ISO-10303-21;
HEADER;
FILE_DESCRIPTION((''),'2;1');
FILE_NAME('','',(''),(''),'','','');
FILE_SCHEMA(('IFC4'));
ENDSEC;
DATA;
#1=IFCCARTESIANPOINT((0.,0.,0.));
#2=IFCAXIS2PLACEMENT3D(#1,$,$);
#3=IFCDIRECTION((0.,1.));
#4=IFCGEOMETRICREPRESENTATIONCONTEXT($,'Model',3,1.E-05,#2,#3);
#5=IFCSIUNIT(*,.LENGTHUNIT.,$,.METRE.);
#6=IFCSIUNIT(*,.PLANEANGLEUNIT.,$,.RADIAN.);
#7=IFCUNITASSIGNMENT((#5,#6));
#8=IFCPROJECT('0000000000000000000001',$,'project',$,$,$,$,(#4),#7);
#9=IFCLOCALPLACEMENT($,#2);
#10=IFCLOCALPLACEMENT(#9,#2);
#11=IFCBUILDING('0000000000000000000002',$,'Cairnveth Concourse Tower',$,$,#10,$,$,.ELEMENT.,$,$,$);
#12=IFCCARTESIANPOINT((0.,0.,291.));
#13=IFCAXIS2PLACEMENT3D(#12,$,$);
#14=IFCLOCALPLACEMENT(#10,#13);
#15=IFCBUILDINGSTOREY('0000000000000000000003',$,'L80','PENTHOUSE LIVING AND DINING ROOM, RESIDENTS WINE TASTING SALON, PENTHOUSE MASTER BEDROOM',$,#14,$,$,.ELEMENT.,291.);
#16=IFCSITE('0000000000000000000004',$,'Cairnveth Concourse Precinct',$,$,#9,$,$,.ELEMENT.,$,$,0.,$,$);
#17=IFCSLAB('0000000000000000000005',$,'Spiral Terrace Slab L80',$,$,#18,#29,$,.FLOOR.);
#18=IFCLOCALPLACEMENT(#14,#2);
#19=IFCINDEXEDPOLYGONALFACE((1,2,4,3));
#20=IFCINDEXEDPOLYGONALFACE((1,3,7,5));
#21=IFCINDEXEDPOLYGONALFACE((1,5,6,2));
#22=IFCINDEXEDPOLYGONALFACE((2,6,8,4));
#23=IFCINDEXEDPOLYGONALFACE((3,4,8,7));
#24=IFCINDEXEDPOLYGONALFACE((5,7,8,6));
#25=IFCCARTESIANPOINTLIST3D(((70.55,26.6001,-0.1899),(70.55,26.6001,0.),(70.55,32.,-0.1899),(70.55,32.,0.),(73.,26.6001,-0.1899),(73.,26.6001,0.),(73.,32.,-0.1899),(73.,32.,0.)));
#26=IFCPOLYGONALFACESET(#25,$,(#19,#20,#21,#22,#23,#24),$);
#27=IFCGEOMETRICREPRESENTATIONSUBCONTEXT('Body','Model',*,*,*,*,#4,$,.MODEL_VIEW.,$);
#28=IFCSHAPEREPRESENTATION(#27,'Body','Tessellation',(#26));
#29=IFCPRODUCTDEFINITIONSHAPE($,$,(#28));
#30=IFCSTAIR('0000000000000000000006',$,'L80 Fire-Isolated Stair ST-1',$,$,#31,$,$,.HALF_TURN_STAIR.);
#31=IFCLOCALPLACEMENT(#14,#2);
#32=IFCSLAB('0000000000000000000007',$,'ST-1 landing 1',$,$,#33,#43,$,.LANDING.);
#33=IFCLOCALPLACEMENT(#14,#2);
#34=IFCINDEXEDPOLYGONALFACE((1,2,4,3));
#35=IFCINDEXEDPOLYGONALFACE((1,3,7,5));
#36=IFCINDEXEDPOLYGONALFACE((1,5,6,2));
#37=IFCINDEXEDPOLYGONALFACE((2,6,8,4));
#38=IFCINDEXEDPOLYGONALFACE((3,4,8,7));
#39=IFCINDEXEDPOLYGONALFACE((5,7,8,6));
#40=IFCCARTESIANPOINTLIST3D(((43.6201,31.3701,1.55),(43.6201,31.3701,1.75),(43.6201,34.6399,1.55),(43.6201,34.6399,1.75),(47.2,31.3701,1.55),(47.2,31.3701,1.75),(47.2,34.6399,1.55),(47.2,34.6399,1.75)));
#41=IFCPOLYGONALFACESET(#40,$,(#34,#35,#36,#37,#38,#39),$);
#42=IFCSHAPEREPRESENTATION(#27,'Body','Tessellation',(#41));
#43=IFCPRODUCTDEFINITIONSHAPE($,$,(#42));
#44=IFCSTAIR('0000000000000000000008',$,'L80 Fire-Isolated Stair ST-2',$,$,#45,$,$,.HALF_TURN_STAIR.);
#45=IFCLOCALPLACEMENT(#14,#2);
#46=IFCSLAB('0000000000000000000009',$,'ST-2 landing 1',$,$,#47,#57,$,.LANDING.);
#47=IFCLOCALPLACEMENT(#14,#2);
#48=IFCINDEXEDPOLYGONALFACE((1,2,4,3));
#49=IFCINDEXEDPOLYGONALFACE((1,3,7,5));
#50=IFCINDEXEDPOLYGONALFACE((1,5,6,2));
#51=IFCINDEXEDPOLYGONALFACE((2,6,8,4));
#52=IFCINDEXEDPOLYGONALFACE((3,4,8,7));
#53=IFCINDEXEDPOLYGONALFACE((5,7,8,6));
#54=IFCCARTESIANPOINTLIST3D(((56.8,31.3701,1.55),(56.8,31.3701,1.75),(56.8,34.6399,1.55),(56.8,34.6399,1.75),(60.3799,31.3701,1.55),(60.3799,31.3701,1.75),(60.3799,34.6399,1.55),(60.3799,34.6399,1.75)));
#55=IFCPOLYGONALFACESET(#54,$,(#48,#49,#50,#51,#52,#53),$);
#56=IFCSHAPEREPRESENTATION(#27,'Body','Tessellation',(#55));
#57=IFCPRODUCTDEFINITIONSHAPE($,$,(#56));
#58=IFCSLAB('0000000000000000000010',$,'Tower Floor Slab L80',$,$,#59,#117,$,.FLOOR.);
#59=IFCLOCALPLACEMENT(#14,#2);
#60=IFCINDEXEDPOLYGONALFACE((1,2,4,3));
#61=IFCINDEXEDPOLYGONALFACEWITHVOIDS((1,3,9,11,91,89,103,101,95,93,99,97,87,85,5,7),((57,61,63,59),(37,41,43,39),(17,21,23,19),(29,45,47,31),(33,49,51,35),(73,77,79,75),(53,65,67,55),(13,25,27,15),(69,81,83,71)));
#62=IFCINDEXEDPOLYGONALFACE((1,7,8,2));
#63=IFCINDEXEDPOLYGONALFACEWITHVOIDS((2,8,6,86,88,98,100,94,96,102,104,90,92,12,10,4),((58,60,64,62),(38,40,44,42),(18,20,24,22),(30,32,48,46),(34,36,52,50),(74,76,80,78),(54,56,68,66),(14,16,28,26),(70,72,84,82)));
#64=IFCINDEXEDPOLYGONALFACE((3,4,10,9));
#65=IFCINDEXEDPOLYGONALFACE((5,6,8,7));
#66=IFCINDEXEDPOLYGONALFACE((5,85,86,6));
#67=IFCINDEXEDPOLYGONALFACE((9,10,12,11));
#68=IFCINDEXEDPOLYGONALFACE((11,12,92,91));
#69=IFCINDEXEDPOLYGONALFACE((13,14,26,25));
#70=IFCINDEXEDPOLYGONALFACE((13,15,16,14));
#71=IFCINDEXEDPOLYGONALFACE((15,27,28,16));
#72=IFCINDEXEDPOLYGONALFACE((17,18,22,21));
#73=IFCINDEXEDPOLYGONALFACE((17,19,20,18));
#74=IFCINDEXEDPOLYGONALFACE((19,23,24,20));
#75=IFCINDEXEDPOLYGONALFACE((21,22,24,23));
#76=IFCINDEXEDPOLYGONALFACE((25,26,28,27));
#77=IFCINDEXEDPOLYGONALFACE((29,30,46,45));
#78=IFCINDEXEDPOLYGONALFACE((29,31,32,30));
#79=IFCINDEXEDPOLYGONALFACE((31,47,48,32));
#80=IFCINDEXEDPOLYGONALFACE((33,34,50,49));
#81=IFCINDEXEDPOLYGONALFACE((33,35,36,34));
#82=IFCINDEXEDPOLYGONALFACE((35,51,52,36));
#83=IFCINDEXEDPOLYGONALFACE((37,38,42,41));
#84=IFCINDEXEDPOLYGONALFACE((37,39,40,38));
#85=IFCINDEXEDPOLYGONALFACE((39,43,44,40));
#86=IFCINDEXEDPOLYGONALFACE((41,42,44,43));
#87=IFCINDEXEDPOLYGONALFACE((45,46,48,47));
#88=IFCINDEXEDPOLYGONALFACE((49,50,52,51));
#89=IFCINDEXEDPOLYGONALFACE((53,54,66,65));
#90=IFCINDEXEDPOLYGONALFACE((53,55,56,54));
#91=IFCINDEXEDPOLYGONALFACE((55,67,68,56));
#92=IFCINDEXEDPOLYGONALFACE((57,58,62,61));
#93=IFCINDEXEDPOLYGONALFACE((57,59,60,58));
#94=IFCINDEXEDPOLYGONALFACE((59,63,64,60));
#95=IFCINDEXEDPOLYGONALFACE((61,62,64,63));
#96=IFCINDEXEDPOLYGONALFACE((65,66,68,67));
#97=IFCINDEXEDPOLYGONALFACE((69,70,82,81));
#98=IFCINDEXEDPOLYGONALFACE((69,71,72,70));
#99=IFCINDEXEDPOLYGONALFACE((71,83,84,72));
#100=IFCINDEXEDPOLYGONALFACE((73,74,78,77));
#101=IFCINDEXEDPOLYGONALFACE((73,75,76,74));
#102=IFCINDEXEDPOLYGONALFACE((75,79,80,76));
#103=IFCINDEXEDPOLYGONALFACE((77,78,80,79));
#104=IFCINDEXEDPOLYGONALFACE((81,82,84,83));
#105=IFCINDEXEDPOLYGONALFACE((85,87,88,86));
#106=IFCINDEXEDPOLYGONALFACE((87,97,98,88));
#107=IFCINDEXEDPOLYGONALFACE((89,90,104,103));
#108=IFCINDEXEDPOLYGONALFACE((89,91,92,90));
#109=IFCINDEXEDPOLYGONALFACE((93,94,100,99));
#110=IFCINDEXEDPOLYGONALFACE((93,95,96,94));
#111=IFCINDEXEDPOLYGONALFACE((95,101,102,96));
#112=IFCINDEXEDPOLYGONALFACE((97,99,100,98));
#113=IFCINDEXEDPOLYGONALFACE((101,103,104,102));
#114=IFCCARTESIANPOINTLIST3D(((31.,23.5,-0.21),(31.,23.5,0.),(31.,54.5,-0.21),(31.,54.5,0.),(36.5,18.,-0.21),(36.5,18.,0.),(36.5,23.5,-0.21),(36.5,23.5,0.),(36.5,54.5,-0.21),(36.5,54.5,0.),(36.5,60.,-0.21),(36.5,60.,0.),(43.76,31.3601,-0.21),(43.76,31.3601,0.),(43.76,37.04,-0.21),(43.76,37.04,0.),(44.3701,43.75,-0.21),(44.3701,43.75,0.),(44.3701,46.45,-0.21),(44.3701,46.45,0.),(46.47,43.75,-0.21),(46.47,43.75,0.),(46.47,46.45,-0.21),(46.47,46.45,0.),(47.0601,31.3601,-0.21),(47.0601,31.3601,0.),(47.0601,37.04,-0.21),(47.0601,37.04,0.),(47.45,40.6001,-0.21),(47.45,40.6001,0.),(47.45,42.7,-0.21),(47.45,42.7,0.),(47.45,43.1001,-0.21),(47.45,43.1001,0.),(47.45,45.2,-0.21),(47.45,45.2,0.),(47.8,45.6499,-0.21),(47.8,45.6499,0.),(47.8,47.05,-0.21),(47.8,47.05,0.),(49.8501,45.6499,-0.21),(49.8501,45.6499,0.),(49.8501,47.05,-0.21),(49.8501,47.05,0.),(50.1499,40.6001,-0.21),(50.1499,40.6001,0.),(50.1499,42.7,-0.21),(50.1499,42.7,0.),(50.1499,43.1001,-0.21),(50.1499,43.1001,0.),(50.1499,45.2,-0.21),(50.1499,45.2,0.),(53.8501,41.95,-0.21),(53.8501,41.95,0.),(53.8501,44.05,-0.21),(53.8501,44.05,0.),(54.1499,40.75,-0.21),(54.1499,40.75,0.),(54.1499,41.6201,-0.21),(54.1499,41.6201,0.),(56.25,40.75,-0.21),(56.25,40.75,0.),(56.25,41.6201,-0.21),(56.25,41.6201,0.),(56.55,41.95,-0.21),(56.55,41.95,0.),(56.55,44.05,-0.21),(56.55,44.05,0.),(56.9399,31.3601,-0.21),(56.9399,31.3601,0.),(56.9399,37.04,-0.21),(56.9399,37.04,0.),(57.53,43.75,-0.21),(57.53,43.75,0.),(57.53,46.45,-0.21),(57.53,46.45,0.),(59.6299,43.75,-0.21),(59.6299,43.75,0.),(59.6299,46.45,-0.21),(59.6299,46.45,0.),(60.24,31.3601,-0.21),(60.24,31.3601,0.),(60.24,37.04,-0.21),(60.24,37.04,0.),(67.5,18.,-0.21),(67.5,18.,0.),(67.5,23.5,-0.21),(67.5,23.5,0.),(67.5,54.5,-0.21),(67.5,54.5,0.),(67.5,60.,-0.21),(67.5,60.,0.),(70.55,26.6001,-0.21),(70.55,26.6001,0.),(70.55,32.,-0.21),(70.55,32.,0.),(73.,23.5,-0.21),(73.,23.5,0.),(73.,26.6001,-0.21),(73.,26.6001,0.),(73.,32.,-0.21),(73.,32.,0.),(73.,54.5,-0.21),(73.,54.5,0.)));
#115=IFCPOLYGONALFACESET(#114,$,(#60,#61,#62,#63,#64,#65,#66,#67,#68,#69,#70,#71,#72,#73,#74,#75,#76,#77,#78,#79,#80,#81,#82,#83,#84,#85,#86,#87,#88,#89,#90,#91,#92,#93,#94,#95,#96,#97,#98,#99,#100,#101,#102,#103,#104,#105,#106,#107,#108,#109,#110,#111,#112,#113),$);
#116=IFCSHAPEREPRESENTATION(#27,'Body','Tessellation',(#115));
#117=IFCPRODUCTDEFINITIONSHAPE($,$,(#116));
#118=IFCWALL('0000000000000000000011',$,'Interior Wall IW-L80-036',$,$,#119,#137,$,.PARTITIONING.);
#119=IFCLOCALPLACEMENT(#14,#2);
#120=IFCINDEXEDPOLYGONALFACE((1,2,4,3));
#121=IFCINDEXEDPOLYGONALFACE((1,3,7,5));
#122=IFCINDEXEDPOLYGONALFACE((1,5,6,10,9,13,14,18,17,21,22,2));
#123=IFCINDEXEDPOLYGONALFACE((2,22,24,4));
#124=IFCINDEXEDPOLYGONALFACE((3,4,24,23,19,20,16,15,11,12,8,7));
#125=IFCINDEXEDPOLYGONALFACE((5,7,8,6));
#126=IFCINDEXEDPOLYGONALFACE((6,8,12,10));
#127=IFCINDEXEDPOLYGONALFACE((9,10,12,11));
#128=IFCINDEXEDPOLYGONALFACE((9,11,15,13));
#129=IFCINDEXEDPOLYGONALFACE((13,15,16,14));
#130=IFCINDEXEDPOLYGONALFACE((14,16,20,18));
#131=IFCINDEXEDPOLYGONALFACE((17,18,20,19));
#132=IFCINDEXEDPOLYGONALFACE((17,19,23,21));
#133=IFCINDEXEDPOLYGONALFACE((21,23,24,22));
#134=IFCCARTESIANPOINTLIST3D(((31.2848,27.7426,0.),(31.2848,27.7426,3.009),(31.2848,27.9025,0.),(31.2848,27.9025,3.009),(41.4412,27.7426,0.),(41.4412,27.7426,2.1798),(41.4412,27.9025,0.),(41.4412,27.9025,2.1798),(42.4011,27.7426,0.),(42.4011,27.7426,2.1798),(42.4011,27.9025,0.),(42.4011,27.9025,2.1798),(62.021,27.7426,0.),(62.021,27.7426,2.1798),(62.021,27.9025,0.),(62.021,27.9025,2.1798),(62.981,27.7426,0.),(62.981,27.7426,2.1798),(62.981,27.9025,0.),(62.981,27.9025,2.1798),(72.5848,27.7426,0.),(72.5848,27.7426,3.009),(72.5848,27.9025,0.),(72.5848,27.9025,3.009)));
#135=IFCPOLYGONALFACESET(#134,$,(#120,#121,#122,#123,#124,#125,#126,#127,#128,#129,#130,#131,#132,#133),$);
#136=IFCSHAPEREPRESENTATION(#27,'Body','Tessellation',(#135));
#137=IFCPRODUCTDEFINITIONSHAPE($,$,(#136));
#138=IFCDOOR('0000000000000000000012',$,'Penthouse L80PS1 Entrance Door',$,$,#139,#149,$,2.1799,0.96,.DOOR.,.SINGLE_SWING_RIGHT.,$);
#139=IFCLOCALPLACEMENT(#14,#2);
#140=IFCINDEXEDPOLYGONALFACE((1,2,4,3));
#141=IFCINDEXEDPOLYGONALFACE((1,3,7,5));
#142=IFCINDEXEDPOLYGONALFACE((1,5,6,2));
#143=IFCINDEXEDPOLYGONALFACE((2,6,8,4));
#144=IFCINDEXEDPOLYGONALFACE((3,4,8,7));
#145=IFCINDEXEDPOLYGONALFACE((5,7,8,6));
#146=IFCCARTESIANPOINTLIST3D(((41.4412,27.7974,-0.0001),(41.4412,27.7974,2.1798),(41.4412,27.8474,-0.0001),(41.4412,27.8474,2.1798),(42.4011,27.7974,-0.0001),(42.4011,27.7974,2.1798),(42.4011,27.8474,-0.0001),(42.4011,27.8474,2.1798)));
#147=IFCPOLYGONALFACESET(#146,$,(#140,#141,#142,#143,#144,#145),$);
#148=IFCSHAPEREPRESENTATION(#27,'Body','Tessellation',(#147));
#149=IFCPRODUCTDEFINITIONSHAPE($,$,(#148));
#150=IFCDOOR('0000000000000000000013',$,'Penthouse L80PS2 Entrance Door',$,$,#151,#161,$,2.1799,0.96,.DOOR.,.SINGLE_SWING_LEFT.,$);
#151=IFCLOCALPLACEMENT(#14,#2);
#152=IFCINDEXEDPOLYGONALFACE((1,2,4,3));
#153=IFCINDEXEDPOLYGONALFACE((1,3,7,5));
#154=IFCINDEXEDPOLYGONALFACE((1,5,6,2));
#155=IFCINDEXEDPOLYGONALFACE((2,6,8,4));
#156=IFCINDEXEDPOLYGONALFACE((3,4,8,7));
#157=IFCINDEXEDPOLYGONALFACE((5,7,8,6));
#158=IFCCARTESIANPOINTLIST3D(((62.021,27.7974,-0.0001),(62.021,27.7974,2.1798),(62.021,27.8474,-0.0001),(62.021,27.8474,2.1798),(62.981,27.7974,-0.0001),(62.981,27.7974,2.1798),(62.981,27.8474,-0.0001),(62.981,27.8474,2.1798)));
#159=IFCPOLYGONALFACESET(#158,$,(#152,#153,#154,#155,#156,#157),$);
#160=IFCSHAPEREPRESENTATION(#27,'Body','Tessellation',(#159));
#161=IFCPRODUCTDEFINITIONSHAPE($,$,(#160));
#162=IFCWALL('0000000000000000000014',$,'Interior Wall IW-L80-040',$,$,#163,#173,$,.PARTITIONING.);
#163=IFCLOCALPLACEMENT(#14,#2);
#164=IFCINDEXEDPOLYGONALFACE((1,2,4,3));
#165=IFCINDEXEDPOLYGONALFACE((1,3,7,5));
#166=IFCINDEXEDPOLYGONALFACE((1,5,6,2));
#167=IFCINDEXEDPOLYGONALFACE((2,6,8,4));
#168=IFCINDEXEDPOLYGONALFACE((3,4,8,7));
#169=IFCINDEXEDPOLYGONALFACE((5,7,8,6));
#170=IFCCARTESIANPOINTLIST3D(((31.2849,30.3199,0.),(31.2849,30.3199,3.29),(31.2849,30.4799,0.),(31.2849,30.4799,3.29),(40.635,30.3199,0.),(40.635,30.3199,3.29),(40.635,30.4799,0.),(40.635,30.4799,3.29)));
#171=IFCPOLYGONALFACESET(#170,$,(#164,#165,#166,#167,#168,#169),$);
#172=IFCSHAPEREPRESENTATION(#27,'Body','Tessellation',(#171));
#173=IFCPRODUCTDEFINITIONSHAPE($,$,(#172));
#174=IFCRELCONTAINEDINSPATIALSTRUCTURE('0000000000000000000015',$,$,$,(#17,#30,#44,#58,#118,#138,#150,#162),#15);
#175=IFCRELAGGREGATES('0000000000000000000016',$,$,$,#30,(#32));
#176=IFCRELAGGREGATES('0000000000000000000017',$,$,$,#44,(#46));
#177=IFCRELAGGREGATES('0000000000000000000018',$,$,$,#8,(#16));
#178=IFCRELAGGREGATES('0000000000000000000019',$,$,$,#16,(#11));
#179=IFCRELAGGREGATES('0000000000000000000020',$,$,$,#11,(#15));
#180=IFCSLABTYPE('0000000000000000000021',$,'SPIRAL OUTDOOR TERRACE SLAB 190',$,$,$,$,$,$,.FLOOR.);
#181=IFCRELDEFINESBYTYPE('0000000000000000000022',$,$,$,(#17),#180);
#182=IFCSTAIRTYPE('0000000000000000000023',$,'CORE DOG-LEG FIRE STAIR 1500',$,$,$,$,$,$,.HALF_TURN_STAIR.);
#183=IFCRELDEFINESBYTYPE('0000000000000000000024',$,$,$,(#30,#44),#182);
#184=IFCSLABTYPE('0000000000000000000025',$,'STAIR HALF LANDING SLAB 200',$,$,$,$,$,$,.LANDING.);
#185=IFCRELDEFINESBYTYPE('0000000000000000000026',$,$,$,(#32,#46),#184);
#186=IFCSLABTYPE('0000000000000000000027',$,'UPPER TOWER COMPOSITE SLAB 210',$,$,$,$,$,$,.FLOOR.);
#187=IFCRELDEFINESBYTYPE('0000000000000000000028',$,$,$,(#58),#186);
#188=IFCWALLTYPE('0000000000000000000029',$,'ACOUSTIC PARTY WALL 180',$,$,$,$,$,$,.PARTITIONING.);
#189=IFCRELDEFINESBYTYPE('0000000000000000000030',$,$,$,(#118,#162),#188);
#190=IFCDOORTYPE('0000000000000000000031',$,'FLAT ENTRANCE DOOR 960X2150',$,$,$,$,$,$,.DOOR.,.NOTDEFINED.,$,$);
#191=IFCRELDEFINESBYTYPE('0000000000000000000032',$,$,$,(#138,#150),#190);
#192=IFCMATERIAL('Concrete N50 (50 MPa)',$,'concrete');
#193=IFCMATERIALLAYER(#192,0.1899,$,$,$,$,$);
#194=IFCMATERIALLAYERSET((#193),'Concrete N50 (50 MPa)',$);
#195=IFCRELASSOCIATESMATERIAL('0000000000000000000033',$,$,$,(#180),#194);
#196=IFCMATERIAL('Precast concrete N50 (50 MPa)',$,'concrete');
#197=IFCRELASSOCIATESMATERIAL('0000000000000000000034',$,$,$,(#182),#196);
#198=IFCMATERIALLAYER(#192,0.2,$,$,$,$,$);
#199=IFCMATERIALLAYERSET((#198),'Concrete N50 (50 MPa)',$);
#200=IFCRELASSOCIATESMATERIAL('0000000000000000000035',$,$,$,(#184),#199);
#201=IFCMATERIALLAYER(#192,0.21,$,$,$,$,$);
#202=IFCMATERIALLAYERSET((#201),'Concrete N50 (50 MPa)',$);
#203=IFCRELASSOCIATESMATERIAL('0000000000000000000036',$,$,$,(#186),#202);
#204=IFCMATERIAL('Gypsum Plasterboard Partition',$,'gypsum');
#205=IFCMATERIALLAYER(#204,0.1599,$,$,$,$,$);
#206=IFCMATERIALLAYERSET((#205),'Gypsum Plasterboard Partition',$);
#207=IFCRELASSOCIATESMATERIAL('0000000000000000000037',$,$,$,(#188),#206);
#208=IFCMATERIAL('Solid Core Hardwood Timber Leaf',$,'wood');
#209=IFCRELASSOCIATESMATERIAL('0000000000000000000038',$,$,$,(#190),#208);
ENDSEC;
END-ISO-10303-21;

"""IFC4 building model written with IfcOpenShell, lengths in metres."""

from ifc_helpers import new_model, si_unit, direction, frame, frame_2d, origin, place, context, subcontext, project, spatial, polyline, rectangle, outline, extrude, material, layer, layer_set, type_object, element, fill, aggregate, save


model = new_model("IFC4")

# Units and contexts
model_context = context("Model", 3, precision=1e-05, world=origin(), true_north=direction((0.0, 1.0)))
body_context = subcontext(model_context, "Body", "Model", "MODEL_VIEW")
ifc_project = project(units=[si_unit("LENGTHUNIT", "METRE"), si_unit("PLANEANGLEUNIT", "RADIAN")], contexts=[model_context])

# Site, building, storey
site_placement = place(None, origin())
site = spatial("IfcSite", under=ifc_project, at=site_placement, Name="Cairnveth Concourse Precinct", CompositionType="ELEMENT", RefElevation=0.0)
building_placement = place(site_placement, origin())
building = spatial("IfcBuilding", under=site, at=building_placement, Name="Cairnveth Concourse Tower", CompositionType="ELEMENT")
storey_placement = place(building_placement, frame((0.0, 0.0, 291.0)))
storey = spatial("IfcBuildingStorey", under=building, at=storey_placement, Name="L80", Description="PENTHOUSE LIVING AND DINING ROOM, RESIDENTS WINE TASTING SALON, PENTHOUSE MASTER BEDROOM", CompositionType="ELEMENT", Elevation=291.0)

# Slab
ifc_material_1 = material(Name="Concrete N50 (50 MPa)", Category="concrete")
ifc_layer_1 = layer(ifc_material_1, 0.1899)
ifc_layer_set_1 = layer_set([ifc_layer_1], Name="Concrete N50 (50 MPa)")
slab_type_1 = type_object("IfcSlabType", Name="SPIRAL OUTDOOR TERRACE SLAB 190", PredefinedType="FLOOR", material=ifc_layer_set_1)
slab_1_placement = place(storey_placement, frame((0.0, 0.0, -0.1899)))
element("IfcSlab", 1, at=slab_1_placement, inside=storey, type_object=slab_type_1, Name="Spiral Terrace Slab L80", PredefinedType="FLOOR", context=body_context, shape_type="SweptSolid", body=[
    extrude(outline(polyline([(70.55, 26.6001), (73.0, 26.6001), (73.0, 32.0), (70.55, 32.0), (70.55, 26.6001)])), origin(), (0.0, 0.0, 1.0), 0.1899),
])

# Stairs, slabs
ifc_material_2 = material(Name="Precast concrete N50 (50 MPa)", Category="concrete")
stair_type = type_object("IfcStairType", Name="CORE DOG-LEG FIRE STAIR 1500", PredefinedType="HALF_TURN_STAIR", material=ifc_material_2)
stair_1_placement = place(storey_placement, origin())
stair_1 = element("IfcStair", 2, at=stair_1_placement, inside=storey, type_object=stair_type, Name="L80 Fire-Isolated Stair ST-1", PredefinedType="HALF_TURN_STAIR")
ifc_layer_2 = layer(ifc_material_1, 0.2)
ifc_layer_set_2 = layer_set([ifc_layer_2], Name="Concrete N50 (50 MPa)")
slab_type_2 = type_object("IfcSlabType", Name="STAIR HALF LANDING SLAB 200", PredefinedType="LANDING", material=ifc_layer_set_2)
slab_2_placement = place(storey_placement, frame((0.0, 0.0, 1.55)))
slab_2 = element("IfcSlab", 3, at=slab_2_placement, type_object=slab_type_2, Name="ST-1 landing 1", PredefinedType="LANDING", context=body_context, shape_type="SweptSolid", body=[
    extrude(outline(polyline([(43.6201, 34.6399), (43.6201, 31.3701), (47.2, 31.3701), (47.2, 34.6399), (43.6201, 34.6399)])), origin(), (0.0, 0.0, 1.0), 0.2),
])
aggregate(stair_1, [slab_2])
stair_2_placement = place(storey_placement, origin())
stair_2 = element("IfcStair", 4, at=stair_2_placement, inside=storey, type_object=stair_type, Name="L80 Fire-Isolated Stair ST-2", PredefinedType="HALF_TURN_STAIR")
slab_3_placement = place(storey_placement, frame((0.0, 0.0, 1.55)))
slab_3 = element("IfcSlab", 5, at=slab_3_placement, type_object=slab_type_2, Name="ST-2 landing 1", PredefinedType="LANDING", context=body_context, shape_type="SweptSolid", body=[
    extrude(outline(polyline([(56.8, 34.6399), (56.8, 31.3701), (60.3799, 31.3701), (60.3799, 34.6399), (56.8, 34.6399)])), origin(), (0.0, 0.0, 1.0), 0.2),
])
aggregate(stair_2, [slab_3])

# Slab
ifc_layer_3 = layer(ifc_material_1, 0.21)
ifc_layer_set_3 = layer_set([ifc_layer_3], Name="Concrete N50 (50 MPa)")
slab_type_3 = type_object("IfcSlabType", Name="UPPER TOWER COMPOSITE SLAB 210", PredefinedType="FLOOR", material=ifc_layer_set_3)
slab_4_placement = place(storey_placement, frame((0.0, 0.0, -0.21)))
element("IfcSlab", 6, at=slab_4_placement, inside=storey, type_object=slab_type_3, Name="Tower Floor Slab L80", PredefinedType="FLOOR", context=body_context, shape_type="SweptSolid", body=[
    extrude(outline(polyline([(73.0, 26.6001), (70.55, 26.6001), (70.55, 32.0), (73.0, 32.0), (73.0, 54.5), (67.5, 54.5), (67.5, 60.0), (36.5, 60.0), (36.5, 54.5), (31.0, 54.5), (31.0, 23.5), (36.5, 23.5), (36.5, 18.0), (67.5, 18.0), (67.5, 23.5), (73.0, 23.5), (73.0, 26.6001)]), holes=[polyline([(43.76, 31.3601), (47.0601, 31.3601), (47.0601, 37.04), (43.76, 37.04), (43.76, 31.3601)]), polyline([(56.9399, 31.3601), (60.24, 31.3601), (60.24, 37.04), (56.9399, 37.04), (56.9399, 31.3601)]), polyline([(44.3701, 43.75), (46.47, 43.75), (46.47, 46.45), (44.3701, 46.45), (44.3701, 43.75)]), polyline([(57.53, 43.75), (59.6299, 43.75), (59.6299, 46.45), (57.53, 46.45), (57.53, 43.75)]), polyline([(47.45, 40.6001), (50.1499, 40.6001), (50.1499, 42.7), (47.45, 42.7), (47.45, 40.6001)]), polyline([(47.45, 43.1001), (50.1499, 43.1001), (50.1499, 45.2), (47.45, 45.2), (47.45, 43.1001)]), polyline([(53.8501, 41.95), (56.55, 41.95), (56.55, 44.05), (53.8501, 44.05), (53.8501, 41.95)]), polyline([(47.8, 45.6499), (49.8501, 45.6499), (49.8501, 47.05), (47.8, 47.05), (47.8, 45.6499)]), polyline([(54.1499, 40.75), (56.25, 40.75), (56.25, 41.6201), (54.1499, 41.6201), (54.1499, 40.75)])]), origin(), (0.0, 0.0, 1.0), 0.21),
])

# Wall, openings, doors
ifc_material_3 = material(Name="Gypsum Plasterboard Partition", Category="gypsum")
ifc_layer_4 = layer(ifc_material_3, 0.1599)
ifc_layer_set_4 = layer_set([ifc_layer_4], Name="Gypsum Plasterboard Partition")
wall_type_1 = type_object("IfcWallType", Name="ACOUSTIC PARTY WALL 180", PredefinedType="PARTITIONING", material=ifc_layer_set_4)
wall_1_placement = place(storey_placement, frame((31.2849, 27.8225, 0.0), z_axis=(0.0, 0.0, 1.0), x_axis=(1.0, 0.0, 0.0)))
wall_1 = element("IfcWall", 7, at=wall_1_placement, inside=storey, type_object=wall_type_1, Name="Interior Wall IW-L80-036", PredefinedType="PARTITIONING", context=body_context, shape_type="SweptSolid", body=[
    extrude(rectangle(XDim=41.3, YDim=0.1599, at=frame_2d((20.6499, 0.0))), origin(), (0.0, 0.0, 1.0), 3.009),
])
opening_1_placement = place(wall_1_placement, frame((10.1562, 0.0, 0.0)))
opening_1 = element("IfcOpeningElement", 8, at=opening_1_placement, cuts=wall_1, PredefinedType="OPENING", context=body_context, shape_type="SweptSolid", body=[
    extrude(rectangle(XDim=0.96, YDim=2.1799, at=frame_2d((0.48, 1.0898))), frame((0.0, 0.0898, 0.0), z_axis=(0.0, -1.0, 0.0), x_axis=(1.0, 0.0, 0.0)), (0.0, 0.0, 1.0), 0.1799),
])
opening_2_placement = place(wall_1_placement, frame((30.7361, 0.0, 0.0)))
opening_2 = element("IfcOpeningElement", 9, at=opening_2_placement, cuts=wall_1, PredefinedType="OPENING", context=body_context, shape_type="SweptSolid", body=[
    extrude(rectangle(XDim=0.96, YDim=2.1799, at=frame_2d((0.48, 1.0898))), frame((0.0, 0.0898, 0.0), z_axis=(0.0, -1.0, 0.0), x_axis=(1.0, 0.0, 0.0)), (0.0, 0.0, 1.0), 0.1799),
])
ifc_material_4 = material(Name="Solid Core Hardwood Timber Leaf", Category="wood")
door_type = type_object("IfcDoorType", Name="FLAT ENTRANCE DOOR 960X2150", OperationType="NOTDEFINED", PredefinedType="DOOR", material=ifc_material_4)
door_1_placement = place(opening_1_placement, origin())
door_1 = element("IfcDoor", 10, at=door_1_placement, inside=storey, type_object=door_type, Name="Penthouse L80PS1 Entrance Door", OperationType="SINGLE_SWING_RIGHT", OverallHeight=2.1799, OverallWidth=0.96, PredefinedType="DOOR", context=body_context, shape_type="SweptSolid", body=[
    extrude(rectangle(XDim=0.96, YDim=2.1799, at=frame_2d((0.48, 1.0898))), frame((0.0, 0.0249, 0.0), z_axis=(0.0, -1.0, 0.0), x_axis=(1.0, 0.0, 0.0)), (0.0, 0.0, 1.0), 0.05),
])
fill(opening_1, door_1)
door_2_placement = place(opening_2_placement, origin())
door_2 = element("IfcDoor", 11, at=door_2_placement, inside=storey, type_object=door_type, Name="Penthouse L80PS2 Entrance Door", OperationType="SINGLE_SWING_LEFT", OverallHeight=2.1799, OverallWidth=0.96, PredefinedType="DOOR", context=body_context, shape_type="SweptSolid", body=[
    extrude(rectangle(XDim=0.96, YDim=2.1799, at=frame_2d((0.48, 1.0898))), frame((0.0, 0.0249, 0.0), z_axis=(0.0, -1.0, 0.0), x_axis=(1.0, 0.0, 0.0)), (0.0, 0.0, 1.0), 0.05),
])
fill(opening_2, door_2)

# Wall
wall_2_placement = place(storey_placement, frame((31.2849, 30.3999, 0.0), z_axis=(0.0, 0.0, 1.0), x_axis=(1.0, 0.0, 0.0)))
element("IfcWall", 12, at=wall_2_placement, inside=storey, type_object=wall_type_1, Name="Interior Wall IW-L80-040", PredefinedType="PARTITIONING", context=body_context, shape_type="SweptSolid", body=[
    extrude(rectangle(XDim=9.3501, YDim=0.1599, at=frame_2d((4.675, 0.0))), origin(), (0.0, 0.0, 1.0), 3.29),
])

save(model, "model.ifc")
